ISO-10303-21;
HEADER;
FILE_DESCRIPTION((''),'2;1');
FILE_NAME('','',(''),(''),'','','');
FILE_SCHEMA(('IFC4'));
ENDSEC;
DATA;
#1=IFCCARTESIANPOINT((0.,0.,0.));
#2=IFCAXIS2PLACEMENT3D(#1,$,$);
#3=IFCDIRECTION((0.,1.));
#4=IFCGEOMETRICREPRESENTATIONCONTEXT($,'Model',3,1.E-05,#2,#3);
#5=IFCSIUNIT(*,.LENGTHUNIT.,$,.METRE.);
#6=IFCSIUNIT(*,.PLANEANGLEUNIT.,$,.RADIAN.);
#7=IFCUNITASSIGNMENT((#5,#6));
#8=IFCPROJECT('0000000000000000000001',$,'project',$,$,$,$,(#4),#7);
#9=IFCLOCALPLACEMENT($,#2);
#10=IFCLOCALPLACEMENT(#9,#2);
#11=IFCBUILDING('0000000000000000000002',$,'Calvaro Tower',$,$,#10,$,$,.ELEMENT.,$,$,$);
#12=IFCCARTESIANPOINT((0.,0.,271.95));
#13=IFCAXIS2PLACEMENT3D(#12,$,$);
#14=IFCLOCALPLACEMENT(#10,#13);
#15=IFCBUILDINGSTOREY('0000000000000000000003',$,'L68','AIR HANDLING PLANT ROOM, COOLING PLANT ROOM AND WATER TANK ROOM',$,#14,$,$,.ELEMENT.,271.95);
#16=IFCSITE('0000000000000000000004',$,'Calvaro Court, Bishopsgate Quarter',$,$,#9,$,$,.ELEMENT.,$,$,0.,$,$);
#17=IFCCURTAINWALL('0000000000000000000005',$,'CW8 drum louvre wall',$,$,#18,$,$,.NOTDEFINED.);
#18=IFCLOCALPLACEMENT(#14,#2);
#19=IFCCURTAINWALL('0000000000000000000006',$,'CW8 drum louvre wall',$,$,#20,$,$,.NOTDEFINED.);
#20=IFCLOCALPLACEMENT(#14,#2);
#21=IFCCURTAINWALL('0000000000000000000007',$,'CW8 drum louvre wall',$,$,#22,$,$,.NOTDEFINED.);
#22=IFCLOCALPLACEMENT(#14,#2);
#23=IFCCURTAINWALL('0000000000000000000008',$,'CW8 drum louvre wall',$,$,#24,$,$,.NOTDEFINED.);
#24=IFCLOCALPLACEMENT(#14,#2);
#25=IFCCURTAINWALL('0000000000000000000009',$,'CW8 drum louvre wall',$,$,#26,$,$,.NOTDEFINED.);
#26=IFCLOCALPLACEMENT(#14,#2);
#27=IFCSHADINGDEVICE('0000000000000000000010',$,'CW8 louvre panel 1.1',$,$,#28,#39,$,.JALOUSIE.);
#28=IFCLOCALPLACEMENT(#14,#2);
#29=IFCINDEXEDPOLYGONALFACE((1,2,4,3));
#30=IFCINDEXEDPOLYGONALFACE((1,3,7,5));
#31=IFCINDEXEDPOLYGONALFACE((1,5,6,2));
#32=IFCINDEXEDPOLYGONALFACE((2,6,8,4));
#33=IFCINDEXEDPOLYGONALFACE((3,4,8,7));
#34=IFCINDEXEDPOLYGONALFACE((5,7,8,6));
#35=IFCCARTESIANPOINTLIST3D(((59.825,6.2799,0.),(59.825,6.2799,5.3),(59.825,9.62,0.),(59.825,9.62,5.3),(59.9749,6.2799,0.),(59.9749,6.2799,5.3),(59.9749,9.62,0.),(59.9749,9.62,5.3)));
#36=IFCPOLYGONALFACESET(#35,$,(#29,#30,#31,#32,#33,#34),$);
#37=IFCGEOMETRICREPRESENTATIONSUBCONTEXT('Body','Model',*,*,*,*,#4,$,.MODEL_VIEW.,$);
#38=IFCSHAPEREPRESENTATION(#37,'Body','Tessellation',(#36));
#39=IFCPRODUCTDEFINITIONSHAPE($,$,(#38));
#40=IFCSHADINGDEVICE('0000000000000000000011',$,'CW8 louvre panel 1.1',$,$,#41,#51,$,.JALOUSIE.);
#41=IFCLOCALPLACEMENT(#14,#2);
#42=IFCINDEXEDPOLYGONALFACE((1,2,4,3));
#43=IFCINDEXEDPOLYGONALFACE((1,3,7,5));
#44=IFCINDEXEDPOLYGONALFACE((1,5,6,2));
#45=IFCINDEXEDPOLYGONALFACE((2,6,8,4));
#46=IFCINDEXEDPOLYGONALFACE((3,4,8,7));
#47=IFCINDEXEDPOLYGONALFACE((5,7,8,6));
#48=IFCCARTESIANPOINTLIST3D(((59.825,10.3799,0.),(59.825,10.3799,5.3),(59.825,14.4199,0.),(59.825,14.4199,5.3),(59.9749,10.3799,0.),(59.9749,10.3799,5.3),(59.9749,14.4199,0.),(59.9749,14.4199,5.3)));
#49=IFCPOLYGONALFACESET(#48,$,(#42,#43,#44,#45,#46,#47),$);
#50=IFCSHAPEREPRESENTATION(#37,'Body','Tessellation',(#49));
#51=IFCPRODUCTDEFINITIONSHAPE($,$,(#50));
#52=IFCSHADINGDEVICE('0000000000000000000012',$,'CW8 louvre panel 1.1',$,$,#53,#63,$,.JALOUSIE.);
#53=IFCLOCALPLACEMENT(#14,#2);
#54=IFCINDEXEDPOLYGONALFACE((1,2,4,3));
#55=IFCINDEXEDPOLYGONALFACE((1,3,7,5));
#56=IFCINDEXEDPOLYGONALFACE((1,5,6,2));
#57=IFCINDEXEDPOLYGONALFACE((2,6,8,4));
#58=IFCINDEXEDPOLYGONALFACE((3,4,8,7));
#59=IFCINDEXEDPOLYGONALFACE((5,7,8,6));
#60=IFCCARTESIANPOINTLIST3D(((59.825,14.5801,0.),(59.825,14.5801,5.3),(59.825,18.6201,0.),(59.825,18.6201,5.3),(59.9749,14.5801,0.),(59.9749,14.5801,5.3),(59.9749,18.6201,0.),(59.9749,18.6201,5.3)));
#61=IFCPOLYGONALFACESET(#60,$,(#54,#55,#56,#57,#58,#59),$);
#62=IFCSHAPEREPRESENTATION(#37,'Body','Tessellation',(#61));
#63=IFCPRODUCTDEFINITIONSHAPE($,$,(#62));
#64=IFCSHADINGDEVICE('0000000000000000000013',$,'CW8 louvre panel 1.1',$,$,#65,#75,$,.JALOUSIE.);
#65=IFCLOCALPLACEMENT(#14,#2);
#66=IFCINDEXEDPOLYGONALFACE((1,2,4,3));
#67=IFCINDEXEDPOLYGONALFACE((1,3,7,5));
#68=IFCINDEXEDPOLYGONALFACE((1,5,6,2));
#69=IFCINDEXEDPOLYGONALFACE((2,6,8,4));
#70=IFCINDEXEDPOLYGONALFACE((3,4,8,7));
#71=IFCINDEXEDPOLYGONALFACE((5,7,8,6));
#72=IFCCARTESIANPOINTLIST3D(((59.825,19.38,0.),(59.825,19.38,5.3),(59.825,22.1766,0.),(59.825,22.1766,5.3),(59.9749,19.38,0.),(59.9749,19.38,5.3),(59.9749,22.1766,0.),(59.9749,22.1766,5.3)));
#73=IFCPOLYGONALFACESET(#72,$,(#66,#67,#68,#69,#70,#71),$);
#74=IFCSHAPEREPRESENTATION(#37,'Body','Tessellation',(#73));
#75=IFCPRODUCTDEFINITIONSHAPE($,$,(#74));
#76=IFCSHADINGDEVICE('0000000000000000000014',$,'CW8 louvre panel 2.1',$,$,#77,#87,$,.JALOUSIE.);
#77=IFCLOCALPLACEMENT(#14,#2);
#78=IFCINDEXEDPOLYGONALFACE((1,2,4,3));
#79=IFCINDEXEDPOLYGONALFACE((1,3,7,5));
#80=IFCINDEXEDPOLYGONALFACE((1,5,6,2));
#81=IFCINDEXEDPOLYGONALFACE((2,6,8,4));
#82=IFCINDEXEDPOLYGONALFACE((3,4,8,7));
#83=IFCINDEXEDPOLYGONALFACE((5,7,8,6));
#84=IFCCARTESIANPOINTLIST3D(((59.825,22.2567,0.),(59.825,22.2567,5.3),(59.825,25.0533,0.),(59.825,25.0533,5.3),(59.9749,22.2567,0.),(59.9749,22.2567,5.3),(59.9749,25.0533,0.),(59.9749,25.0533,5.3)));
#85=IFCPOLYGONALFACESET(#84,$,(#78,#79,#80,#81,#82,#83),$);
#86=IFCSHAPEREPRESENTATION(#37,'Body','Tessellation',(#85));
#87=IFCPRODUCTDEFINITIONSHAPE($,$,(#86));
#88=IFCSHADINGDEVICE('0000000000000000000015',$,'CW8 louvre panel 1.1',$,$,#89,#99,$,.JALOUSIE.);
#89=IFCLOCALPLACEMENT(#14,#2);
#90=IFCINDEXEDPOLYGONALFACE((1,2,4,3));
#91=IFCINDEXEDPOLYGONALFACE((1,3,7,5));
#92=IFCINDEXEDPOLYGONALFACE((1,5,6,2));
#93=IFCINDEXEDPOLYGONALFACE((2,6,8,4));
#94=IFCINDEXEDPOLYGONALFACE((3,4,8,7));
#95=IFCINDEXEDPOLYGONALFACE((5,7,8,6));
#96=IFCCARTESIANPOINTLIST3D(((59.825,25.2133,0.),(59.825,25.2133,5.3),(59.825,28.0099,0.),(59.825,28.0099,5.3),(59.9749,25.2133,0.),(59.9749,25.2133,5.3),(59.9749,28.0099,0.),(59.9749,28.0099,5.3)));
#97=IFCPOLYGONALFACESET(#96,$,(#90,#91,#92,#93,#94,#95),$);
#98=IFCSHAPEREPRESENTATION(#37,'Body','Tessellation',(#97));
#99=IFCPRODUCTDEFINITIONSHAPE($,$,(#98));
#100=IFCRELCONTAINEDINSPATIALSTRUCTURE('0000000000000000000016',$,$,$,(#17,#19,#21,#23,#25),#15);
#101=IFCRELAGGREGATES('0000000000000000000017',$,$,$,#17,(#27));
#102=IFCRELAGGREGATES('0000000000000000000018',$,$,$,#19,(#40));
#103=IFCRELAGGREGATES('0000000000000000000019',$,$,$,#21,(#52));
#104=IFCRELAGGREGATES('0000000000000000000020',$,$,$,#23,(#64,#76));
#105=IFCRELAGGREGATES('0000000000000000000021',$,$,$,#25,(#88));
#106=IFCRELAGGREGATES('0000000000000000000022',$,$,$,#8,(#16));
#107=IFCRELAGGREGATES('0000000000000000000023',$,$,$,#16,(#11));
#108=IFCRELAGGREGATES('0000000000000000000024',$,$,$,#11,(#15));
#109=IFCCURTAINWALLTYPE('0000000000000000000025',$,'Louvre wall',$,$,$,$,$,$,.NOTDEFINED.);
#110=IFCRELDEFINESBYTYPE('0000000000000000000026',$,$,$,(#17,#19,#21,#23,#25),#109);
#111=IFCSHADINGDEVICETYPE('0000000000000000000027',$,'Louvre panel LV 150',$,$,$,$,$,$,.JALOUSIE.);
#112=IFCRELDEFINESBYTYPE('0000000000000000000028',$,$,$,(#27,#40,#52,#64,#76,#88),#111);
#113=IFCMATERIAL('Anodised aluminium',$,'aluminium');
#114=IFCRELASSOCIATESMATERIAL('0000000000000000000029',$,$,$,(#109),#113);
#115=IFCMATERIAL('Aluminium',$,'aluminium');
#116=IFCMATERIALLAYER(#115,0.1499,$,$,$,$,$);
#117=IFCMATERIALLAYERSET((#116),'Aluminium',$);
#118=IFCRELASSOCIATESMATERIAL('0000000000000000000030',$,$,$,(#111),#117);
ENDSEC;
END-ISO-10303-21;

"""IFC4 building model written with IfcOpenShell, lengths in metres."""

from ifc_helpers import new_model, si_unit, direction, frame, origin, origin_2d, place, context, subcontext, project, spatial, rectangle, extrude, material, layer, layer_set, type_object, element, aggregate, save


model = new_model("IFC4")

# Units and contexts
model_context = context("Model", 3, precision=1e-05, world=origin(), true_north=direction((0.0, 1.0)))
body_context = subcontext(model_context, "Body", "Model", "MODEL_VIEW")
ifc_project = project(units=[si_unit("LENGTHUNIT", "METRE"), si_unit("PLANEANGLEUNIT", "RADIAN")], contexts=[model_context])

# Site, building, storey
site_placement = place(None, origin())
site = spatial("IfcSite", under=ifc_project, at=site_placement, Name="Calvaro Court, Bishopsgate Quarter", CompositionType="ELEMENT", RefElevation=0.0)
building_placement = place(site_placement, origin())
building = spatial("IfcBuilding", under=site, at=building_placement, Name="Calvaro Tower", CompositionType="ELEMENT")
storey_placement = place(building_placement, frame((0.0, 0.0, 271.95)))
storey = spatial("IfcBuildingStorey", under=building, at=storey_placement, Name="L68", Description="AIR HANDLING PLANT ROOM, COOLING PLANT ROOM AND WATER TANK ROOM", CompositionType="ELEMENT", Elevation=271.95)

# Curtain walls
ifc_material_1 = material(Name="Anodised aluminium", Category="aluminium")
curtain_wall_type = type_object("IfcCurtainWallType", Name="Louvre wall", PredefinedType="NOTDEFINED", material=ifc_material_1)
curtain_wall_1_placement = place(storey_placement, origin())
curtain_wall_1 = element("IfcCurtainWall", 1, at=curtain_wall_1_placement, inside=storey, type_object=curtain_wall_type, Name="CW8 drum louvre wall", PredefinedType="NOTDEFINED")
curtain_wall_2_placement = place(storey_placement, origin())
curtain_wall_2 = element("IfcCurtainWall", 2, at=curtain_wall_2_placement, inside=storey, type_object=curtain_wall_type, Name="CW8 drum louvre wall", PredefinedType="NOTDEFINED")
curtain_wall_3_placement = place(storey_placement, origin())
curtain_wall_3 = element("IfcCurtainWall", 3, at=curtain_wall_3_placement, inside=storey, type_object=curtain_wall_type, Name="CW8 drum louvre wall", PredefinedType="NOTDEFINED")
curtain_wall_4_placement = place(storey_placement, origin())
curtain_wall_4 = element("IfcCurtainWall", 4, at=curtain_wall_4_placement, inside=storey, type_object=curtain_wall_type, Name="CW8 drum louvre wall", PredefinedType="NOTDEFINED")
curtain_wall_5_placement = place(storey_placement, origin())
curtain_wall_5 = element("IfcCurtainWall", 5, at=curtain_wall_5_placement, inside=storey, type_object=curtain_wall_type, Name="CW8 drum louvre wall", PredefinedType="NOTDEFINED")

# Shading devices
ifc_material_2 = material(Name="Aluminium", Category="aluminium")
ifc_layer_1 = layer(ifc_material_2, 0.1499)
ifc_layer_set_1 = layer_set([ifc_layer_1], Name="Aluminium")
shading_device_type = type_object("IfcShadingDeviceType", Name="Louvre panel LV 150", PredefinedType="JALOUSIE", material=ifc_layer_set_1)
shading_device_1_placement = place(storey_placement, frame((59.8999, 7.95, 0.0), z_axis=(0.0, 0.0, 1.0), x_axis=(0.0, 1.0, 0.0)))
shading_device_1 = element("IfcShadingDevice", 6, at=shading_device_1_placement, type_object=shading_device_type, Name="CW8 louvre panel 1.1", PredefinedType="JALOUSIE", context=body_context, shape_type="SweptSolid", body=[
    extrude(rectangle(XDim=3.3401, YDim=0.1499, at=origin_2d()), origin(), (0.0, 0.0, 1.0), 5.3),
])
aggregate(curtain_wall_1, [shading_device_1])
shading_device_2_placement = place(storey_placement, frame((59.8999, 12.3999, 0.0), z_axis=(0.0, 0.0, 1.0), x_axis=(0.0, 1.0, 0.0)))
shading_device_2 = element("IfcShadingDevice", 7, at=shading_device_2_placement, type_object=shading_device_type, Name="CW8 louvre panel 1.1", PredefinedType="JALOUSIE", context=body_context, shape_type="SweptSolid", body=[
    extrude(rectangle(XDim=4.04, YDim=0.1499, at=origin_2d()), origin(), (0.0, 0.0, 1.0), 5.3),
])
aggregate(curtain_wall_2, [shading_device_2])
shading_device_3_placement = place(storey_placement, frame((59.8999, 16.6001, 0.0), z_axis=(0.0, 0.0, 1.0), x_axis=(0.0, 1.0, 0.0)))
shading_device_3 = element("IfcShadingDevice", 8, at=shading_device_3_placement, type_object=shading_device_type, Name="CW8 louvre panel 1.1", PredefinedType="JALOUSIE", context=body_context, shape_type="SweptSolid", body=[
    extrude(rectangle(XDim=4.04, YDim=0.1499, at=origin_2d()), origin(), (0.0, 0.0, 1.0), 5.3),
])
aggregate(curtain_wall_3, [shading_device_3])
shading_device_4_placement = place(storey_placement, frame((59.8999, 20.7783, 0.0), z_axis=(0.0, 0.0, 1.0), x_axis=(0.0, 1.0, 0.0)))
shading_device_4 = element("IfcShadingDevice", 9, at=shading_device_4_placement, type_object=shading_device_type, Name="CW8 louvre panel 1.1", PredefinedType="JALOUSIE", context=body_context, shape_type="SweptSolid", body=[
    extrude(rectangle(XDim=2.7966, YDim=0.1499, at=origin_2d()), origin(), (0.0, 0.0, 1.0), 5.3),
])
shading_device_5_placement = place(storey_placement, frame((59.8999, 23.655, 0.0), z_axis=(0.0, 0.0, 1.0), x_axis=(0.0, 1.0, 0.0)))
shading_device_5 = element("IfcShadingDevice", 10, at=shading_device_5_placement, type_object=shading_device_type, Name="CW8 louvre panel 2.1", PredefinedType="JALOUSIE", context=body_context, shape_type="SweptSolid", body=[
    extrude(rectangle(XDim=2.7966, YDim=0.1499, at=origin_2d()), origin(), (0.0, 0.0, 1.0), 5.3),
])
aggregate(curtain_wall_4, [shading_device_4, shading_device_5])
shading_device_6_placement = place(storey_placement, frame((59.8999, 26.6116, 0.0), z_axis=(0.0, 0.0, 1.0), x_axis=(0.0, 1.0, 0.0)))
shading_device_6 = element("IfcShadingDevice", 11, at=shading_device_6_placement, type_object=shading_device_type, Name="CW8 louvre panel 1.1", PredefinedType="JALOUSIE", context=body_context, shape_type="SweptSolid", body=[
    extrude(rectangle(XDim=2.7966, YDim=0.1499, at=origin_2d()), origin(), (0.0, 0.0, 1.0), 5.3),
])
aggregate(curtain_wall_5, [shading_device_6])

save(model, "model.ifc")
